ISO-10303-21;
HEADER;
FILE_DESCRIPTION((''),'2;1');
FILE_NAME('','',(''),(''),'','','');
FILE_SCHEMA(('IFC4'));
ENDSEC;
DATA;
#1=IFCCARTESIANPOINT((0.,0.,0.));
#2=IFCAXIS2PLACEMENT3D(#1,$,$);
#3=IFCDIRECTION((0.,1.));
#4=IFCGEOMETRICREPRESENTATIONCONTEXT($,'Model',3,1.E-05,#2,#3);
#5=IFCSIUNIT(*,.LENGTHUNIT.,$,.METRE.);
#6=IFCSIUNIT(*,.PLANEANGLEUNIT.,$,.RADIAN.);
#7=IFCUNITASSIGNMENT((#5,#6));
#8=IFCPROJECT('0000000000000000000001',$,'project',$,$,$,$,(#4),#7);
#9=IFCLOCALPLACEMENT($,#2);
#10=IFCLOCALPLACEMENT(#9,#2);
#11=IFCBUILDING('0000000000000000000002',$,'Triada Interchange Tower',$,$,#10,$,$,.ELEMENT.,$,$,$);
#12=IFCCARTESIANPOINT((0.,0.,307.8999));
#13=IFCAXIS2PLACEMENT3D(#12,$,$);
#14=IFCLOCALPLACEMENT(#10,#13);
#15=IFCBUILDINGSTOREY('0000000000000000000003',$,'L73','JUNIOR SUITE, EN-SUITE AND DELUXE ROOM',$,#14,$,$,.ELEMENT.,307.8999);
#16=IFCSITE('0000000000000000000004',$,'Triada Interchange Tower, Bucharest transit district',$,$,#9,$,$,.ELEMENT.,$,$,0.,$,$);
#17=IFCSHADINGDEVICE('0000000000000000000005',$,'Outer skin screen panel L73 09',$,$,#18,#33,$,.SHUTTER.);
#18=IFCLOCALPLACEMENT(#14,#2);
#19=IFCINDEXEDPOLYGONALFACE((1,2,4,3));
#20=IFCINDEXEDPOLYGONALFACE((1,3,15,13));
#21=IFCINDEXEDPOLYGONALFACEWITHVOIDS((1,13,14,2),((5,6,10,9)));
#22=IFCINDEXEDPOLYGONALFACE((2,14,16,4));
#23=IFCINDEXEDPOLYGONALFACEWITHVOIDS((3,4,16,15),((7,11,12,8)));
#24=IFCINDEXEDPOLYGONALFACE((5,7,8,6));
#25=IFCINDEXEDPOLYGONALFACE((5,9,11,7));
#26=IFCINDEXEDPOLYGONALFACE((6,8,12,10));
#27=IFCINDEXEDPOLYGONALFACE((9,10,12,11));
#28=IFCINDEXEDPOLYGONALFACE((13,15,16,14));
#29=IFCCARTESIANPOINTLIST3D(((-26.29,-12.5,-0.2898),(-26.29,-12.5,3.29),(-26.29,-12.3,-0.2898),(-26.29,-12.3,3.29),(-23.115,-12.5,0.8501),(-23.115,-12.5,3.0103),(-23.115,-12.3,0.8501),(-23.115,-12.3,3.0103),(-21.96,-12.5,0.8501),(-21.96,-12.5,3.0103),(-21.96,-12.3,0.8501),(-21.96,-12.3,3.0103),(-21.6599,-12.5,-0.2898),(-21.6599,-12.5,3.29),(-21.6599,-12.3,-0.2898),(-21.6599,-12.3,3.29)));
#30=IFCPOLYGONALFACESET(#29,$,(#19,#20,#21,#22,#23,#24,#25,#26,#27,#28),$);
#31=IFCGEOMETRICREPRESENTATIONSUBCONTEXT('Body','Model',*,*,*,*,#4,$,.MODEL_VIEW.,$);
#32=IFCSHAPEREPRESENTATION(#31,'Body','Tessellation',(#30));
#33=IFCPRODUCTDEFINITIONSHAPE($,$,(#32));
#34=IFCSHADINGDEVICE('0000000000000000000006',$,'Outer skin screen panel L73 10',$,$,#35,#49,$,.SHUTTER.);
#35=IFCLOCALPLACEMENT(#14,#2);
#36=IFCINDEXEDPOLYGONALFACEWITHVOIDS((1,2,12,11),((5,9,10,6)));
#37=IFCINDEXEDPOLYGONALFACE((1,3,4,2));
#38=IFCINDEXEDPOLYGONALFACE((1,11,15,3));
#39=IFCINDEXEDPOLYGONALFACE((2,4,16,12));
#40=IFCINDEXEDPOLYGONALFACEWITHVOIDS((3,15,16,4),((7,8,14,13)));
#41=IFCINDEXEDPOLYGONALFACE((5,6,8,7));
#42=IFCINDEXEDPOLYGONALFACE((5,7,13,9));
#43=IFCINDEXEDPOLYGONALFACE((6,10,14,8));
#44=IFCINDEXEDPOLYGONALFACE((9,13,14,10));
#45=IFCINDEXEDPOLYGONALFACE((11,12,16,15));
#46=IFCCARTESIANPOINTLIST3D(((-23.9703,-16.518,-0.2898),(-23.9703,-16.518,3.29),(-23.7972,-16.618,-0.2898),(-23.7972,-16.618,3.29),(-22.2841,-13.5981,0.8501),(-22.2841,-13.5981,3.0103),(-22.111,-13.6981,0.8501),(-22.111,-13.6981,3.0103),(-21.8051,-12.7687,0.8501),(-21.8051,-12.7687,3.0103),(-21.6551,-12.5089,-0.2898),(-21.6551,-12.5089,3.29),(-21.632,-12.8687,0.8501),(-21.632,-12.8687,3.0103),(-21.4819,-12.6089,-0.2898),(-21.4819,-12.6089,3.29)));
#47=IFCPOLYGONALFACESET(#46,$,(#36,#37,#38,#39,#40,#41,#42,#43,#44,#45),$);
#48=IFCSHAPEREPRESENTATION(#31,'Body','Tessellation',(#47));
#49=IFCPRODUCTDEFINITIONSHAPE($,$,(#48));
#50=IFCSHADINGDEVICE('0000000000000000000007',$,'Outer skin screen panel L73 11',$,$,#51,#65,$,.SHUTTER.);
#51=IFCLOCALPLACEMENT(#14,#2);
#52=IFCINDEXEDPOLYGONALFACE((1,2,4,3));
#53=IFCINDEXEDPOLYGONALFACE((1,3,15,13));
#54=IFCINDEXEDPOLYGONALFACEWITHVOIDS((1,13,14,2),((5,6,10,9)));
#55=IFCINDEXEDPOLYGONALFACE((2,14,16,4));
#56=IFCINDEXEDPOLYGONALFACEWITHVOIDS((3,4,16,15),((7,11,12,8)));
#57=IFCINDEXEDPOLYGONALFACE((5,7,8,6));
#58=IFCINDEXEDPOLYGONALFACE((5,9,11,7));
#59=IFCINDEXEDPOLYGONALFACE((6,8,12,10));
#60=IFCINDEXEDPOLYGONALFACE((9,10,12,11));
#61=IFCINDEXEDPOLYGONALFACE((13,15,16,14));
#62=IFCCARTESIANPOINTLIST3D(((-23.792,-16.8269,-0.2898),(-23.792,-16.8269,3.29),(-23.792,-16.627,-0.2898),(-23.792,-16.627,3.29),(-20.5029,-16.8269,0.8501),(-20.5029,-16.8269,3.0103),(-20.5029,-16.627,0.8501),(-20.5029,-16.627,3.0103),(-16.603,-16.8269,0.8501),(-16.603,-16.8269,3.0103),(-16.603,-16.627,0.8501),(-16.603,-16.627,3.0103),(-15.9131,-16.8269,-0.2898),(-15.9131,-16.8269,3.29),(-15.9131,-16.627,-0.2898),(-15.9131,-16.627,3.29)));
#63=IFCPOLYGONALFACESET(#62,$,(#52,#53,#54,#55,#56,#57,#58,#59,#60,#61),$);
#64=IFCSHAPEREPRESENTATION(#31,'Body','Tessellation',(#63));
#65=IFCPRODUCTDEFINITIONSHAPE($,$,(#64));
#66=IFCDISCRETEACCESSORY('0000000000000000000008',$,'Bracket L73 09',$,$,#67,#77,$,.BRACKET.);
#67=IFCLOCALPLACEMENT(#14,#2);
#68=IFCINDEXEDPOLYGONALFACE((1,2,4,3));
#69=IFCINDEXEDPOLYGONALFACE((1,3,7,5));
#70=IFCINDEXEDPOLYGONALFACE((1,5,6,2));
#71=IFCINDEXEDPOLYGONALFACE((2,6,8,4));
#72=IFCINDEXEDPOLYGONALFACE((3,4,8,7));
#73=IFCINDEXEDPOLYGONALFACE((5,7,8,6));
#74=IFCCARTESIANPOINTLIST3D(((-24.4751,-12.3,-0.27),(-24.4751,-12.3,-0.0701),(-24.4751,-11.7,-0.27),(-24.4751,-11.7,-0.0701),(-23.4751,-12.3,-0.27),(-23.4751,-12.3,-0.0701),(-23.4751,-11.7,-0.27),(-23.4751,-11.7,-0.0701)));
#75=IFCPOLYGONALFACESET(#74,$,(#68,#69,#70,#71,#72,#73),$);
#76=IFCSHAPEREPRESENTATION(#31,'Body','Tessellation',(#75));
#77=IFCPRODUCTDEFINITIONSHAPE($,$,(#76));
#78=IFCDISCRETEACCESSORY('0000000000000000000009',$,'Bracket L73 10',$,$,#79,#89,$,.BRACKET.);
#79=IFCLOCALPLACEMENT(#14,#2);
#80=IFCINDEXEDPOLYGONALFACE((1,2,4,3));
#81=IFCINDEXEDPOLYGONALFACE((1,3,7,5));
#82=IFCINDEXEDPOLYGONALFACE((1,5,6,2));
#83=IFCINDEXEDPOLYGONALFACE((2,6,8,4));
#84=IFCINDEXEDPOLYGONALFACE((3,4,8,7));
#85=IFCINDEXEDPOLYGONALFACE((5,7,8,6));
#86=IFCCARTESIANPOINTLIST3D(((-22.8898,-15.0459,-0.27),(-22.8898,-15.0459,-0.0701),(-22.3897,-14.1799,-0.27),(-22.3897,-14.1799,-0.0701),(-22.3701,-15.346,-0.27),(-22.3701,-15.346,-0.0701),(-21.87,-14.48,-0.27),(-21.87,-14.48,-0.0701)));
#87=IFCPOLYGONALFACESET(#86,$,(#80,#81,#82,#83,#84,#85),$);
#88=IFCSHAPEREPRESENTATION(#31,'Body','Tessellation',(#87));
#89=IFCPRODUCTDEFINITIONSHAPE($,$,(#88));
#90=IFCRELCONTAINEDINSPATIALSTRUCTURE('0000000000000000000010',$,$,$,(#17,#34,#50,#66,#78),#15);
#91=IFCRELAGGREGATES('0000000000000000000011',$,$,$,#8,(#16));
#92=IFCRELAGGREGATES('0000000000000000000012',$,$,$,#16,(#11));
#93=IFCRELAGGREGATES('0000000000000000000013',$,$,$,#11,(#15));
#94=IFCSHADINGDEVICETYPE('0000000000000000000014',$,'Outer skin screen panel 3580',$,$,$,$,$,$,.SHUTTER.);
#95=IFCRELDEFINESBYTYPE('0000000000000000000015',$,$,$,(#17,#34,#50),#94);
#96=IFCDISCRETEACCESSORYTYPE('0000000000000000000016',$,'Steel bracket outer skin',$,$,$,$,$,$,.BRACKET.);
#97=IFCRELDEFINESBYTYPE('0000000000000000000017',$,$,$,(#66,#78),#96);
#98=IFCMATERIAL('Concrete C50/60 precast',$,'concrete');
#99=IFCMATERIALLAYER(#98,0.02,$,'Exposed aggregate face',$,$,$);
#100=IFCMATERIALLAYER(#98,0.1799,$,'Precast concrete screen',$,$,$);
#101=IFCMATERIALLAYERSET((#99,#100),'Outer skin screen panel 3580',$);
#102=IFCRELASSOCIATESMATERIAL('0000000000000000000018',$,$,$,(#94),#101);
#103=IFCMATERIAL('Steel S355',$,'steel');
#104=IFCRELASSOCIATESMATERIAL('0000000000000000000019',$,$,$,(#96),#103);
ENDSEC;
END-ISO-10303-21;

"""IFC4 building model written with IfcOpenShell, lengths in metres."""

from ifc_helpers import new_model, si_unit, direction, frame, origin, origin_2d, place, context, subcontext, project, spatial, polyline, rectangle, outline, extrude, material, layer, layer_set, type_object, element, save


model = new_model("IFC4")

# Units and contexts
model_context = context("Model", 3, precision=1e-05, world=origin(), true_north=direction((0.0, 1.0)))
body_context = subcontext(model_context, "Body", "Model", "MODEL_VIEW")
ifc_project = project(units=[si_unit("LENGTHUNIT", "METRE"), si_unit("PLANEANGLEUNIT", "RADIAN")], contexts=[model_context])

# Site, building, storey
site_placement = place(None, origin())
site = spatial("IfcSite", under=ifc_project, at=site_placement, Name="Triada Interchange Tower, Bucharest transit district", CompositionType="ELEMENT", RefElevation=0.0)
building_placement = place(site_placement, origin())
building = spatial("IfcBuilding", under=site, at=building_placement, Name="Triada Interchange Tower", CompositionType="ELEMENT")
storey_placement = place(building_placement, frame((0.0, 0.0, 307.8999)))
storey = spatial("IfcBuildingStorey", under=building, at=storey_placement, Name="L73", Description="JUNIOR SUITE, EN-SUITE AND DELUXE ROOM", CompositionType="ELEMENT", Elevation=307.8999)

# Shading devices
ifc_material_1 = material(Name="Concrete C50/60 precast", Category="concrete")
ifc_layer_1 = layer(ifc_material_1, 0.02, Name="Exposed aggregate face")
ifc_layer_2 = layer(ifc_material_1, 0.1799, Name="Precast concrete screen")
ifc_layer_set_1 = layer_set([ifc_layer_1, ifc_layer_2], Name="Outer skin screen panel 3580")
shading_device_type = type_object("IfcShadingDeviceType", Name="Outer skin screen panel 3580", PredefinedType="SHUTTER", material=ifc_layer_set_1)
shading_device_1_placement = place(storey_placement, frame((-26.29, -12.3, -0.2898), z_axis=(0.0, 0.0, 1.0), x_axis=(1.0, 0.0, 0.0)))
element("IfcShadingDevice", 1, at=shading_device_1_placement, inside=storey, type_object=shading_device_type, Name="Outer skin screen panel L73 09", PredefinedType="SHUTTER", context=body_context, shape_type="SweptSolid", body=[
    extrude(outline(polyline([(0.0, 0.0), (4.6301, 0.0), (4.6301, 3.5798), (0.0, 3.5798), (0.0, 0.0)]), holes=[polyline([(3.175, 1.1399), (3.175, 3.3), (4.3301, 3.3), (4.3301, 1.1399), (3.175, 1.1399)])]), frame((0.0, 0.0, 0.0), z_axis=(0.0, -1.0, 0.0), x_axis=(1.0, 0.0, 0.0)), (0.0, 0.0, 1.0), 0.2),
])
shading_device_2_placement = place(storey_placement, frame((-21.4819, -12.6089, -0.2898), z_axis=(0.0, 0.0, 1.0), x_axis=(-0.500092, -0.865972, 0.0)))
element("IfcShadingDevice", 2, at=shading_device_2_placement, inside=storey, type_object=shading_device_type, Name="Outer skin screen panel L73 10", PredefinedType="SHUTTER", context=body_context, shape_type="SweptSolid", body=[
    extrude(outline(polyline([(0.0, 0.0), (4.6296, 0.0), (4.6296, 3.5798), (0.0, 3.5798), (0.0, 0.0)]), holes=[polyline([(0.3, 1.1399), (0.3, 3.3), (1.2578, 3.3), (1.2578, 1.1399), (0.3, 1.1399)])]), frame((0.0, 0.0, 0.0), z_axis=(0.0, -1.0, 0.0), x_axis=(1.0, 0.0, 0.0)), (0.0, 0.0, 1.0), 0.2),
])
shading_device_3_placement = place(storey_placement, frame((-23.792, -16.627, -0.2898), z_axis=(0.0, 0.0, 1.0), x_axis=(1.0, 0.0, 0.0)))
element("IfcShadingDevice", 3, at=shading_device_3_placement, inside=storey, type_object=shading_device_type, Name="Outer skin screen panel L73 11", PredefinedType="SHUTTER", context=body_context, shape_type="SweptSolid", body=[
    extrude(outline(polyline([(0.0, 0.0), (7.8789, 0.0), (7.8789, 3.5798), (0.0, 3.5798), (0.0, 0.0)]), holes=[polyline([(3.2891, 1.1399), (3.2891, 3.3), (7.189, 3.3), (7.189, 1.1399), (3.2891, 1.1399)])]), frame((0.0, 0.0, 0.0), z_axis=(0.0, -1.0, 0.0), x_axis=(1.0, 0.0, 0.0)), (0.0, 0.0, 1.0), 0.2),
])

# Discrete accessories
ifc_material_2 = material(Name="Steel S355", Category="steel")
discrete_accessory_type = type_object("IfcDiscreteAccessoryType", Name="Steel bracket outer skin", PredefinedType="BRACKET", material=ifc_material_2)
for number, where, z_axis, x_axis, name in (
    (4, (-23.9751, -12.0, -0.27), (0.0, 0.0, 1.0), (0.0, -1.0, 0.0), "Bracket L73 09"),
    (5, (-22.3799, -14.7629, -0.27), (0.0, 0.0, 1.0), (-0.865956, 0.500121, 0.0), "Bracket L73 10"),
):
    element("IfcDiscreteAccessory", number, at=place(storey_placement, frame(where, z_axis=z_axis, x_axis=x_axis)), inside=storey, type_object=discrete_accessory_type, Name=name, PredefinedType="BRACKET", context=body_context, shape_type="SweptSolid", body=[
        extrude(rectangle(XDim=0.6001, YDim=1.0, at=origin_2d()), origin(), (0.0, 0.0, 1.0), 0.2),
    ])

save(model, "model.ifc")
